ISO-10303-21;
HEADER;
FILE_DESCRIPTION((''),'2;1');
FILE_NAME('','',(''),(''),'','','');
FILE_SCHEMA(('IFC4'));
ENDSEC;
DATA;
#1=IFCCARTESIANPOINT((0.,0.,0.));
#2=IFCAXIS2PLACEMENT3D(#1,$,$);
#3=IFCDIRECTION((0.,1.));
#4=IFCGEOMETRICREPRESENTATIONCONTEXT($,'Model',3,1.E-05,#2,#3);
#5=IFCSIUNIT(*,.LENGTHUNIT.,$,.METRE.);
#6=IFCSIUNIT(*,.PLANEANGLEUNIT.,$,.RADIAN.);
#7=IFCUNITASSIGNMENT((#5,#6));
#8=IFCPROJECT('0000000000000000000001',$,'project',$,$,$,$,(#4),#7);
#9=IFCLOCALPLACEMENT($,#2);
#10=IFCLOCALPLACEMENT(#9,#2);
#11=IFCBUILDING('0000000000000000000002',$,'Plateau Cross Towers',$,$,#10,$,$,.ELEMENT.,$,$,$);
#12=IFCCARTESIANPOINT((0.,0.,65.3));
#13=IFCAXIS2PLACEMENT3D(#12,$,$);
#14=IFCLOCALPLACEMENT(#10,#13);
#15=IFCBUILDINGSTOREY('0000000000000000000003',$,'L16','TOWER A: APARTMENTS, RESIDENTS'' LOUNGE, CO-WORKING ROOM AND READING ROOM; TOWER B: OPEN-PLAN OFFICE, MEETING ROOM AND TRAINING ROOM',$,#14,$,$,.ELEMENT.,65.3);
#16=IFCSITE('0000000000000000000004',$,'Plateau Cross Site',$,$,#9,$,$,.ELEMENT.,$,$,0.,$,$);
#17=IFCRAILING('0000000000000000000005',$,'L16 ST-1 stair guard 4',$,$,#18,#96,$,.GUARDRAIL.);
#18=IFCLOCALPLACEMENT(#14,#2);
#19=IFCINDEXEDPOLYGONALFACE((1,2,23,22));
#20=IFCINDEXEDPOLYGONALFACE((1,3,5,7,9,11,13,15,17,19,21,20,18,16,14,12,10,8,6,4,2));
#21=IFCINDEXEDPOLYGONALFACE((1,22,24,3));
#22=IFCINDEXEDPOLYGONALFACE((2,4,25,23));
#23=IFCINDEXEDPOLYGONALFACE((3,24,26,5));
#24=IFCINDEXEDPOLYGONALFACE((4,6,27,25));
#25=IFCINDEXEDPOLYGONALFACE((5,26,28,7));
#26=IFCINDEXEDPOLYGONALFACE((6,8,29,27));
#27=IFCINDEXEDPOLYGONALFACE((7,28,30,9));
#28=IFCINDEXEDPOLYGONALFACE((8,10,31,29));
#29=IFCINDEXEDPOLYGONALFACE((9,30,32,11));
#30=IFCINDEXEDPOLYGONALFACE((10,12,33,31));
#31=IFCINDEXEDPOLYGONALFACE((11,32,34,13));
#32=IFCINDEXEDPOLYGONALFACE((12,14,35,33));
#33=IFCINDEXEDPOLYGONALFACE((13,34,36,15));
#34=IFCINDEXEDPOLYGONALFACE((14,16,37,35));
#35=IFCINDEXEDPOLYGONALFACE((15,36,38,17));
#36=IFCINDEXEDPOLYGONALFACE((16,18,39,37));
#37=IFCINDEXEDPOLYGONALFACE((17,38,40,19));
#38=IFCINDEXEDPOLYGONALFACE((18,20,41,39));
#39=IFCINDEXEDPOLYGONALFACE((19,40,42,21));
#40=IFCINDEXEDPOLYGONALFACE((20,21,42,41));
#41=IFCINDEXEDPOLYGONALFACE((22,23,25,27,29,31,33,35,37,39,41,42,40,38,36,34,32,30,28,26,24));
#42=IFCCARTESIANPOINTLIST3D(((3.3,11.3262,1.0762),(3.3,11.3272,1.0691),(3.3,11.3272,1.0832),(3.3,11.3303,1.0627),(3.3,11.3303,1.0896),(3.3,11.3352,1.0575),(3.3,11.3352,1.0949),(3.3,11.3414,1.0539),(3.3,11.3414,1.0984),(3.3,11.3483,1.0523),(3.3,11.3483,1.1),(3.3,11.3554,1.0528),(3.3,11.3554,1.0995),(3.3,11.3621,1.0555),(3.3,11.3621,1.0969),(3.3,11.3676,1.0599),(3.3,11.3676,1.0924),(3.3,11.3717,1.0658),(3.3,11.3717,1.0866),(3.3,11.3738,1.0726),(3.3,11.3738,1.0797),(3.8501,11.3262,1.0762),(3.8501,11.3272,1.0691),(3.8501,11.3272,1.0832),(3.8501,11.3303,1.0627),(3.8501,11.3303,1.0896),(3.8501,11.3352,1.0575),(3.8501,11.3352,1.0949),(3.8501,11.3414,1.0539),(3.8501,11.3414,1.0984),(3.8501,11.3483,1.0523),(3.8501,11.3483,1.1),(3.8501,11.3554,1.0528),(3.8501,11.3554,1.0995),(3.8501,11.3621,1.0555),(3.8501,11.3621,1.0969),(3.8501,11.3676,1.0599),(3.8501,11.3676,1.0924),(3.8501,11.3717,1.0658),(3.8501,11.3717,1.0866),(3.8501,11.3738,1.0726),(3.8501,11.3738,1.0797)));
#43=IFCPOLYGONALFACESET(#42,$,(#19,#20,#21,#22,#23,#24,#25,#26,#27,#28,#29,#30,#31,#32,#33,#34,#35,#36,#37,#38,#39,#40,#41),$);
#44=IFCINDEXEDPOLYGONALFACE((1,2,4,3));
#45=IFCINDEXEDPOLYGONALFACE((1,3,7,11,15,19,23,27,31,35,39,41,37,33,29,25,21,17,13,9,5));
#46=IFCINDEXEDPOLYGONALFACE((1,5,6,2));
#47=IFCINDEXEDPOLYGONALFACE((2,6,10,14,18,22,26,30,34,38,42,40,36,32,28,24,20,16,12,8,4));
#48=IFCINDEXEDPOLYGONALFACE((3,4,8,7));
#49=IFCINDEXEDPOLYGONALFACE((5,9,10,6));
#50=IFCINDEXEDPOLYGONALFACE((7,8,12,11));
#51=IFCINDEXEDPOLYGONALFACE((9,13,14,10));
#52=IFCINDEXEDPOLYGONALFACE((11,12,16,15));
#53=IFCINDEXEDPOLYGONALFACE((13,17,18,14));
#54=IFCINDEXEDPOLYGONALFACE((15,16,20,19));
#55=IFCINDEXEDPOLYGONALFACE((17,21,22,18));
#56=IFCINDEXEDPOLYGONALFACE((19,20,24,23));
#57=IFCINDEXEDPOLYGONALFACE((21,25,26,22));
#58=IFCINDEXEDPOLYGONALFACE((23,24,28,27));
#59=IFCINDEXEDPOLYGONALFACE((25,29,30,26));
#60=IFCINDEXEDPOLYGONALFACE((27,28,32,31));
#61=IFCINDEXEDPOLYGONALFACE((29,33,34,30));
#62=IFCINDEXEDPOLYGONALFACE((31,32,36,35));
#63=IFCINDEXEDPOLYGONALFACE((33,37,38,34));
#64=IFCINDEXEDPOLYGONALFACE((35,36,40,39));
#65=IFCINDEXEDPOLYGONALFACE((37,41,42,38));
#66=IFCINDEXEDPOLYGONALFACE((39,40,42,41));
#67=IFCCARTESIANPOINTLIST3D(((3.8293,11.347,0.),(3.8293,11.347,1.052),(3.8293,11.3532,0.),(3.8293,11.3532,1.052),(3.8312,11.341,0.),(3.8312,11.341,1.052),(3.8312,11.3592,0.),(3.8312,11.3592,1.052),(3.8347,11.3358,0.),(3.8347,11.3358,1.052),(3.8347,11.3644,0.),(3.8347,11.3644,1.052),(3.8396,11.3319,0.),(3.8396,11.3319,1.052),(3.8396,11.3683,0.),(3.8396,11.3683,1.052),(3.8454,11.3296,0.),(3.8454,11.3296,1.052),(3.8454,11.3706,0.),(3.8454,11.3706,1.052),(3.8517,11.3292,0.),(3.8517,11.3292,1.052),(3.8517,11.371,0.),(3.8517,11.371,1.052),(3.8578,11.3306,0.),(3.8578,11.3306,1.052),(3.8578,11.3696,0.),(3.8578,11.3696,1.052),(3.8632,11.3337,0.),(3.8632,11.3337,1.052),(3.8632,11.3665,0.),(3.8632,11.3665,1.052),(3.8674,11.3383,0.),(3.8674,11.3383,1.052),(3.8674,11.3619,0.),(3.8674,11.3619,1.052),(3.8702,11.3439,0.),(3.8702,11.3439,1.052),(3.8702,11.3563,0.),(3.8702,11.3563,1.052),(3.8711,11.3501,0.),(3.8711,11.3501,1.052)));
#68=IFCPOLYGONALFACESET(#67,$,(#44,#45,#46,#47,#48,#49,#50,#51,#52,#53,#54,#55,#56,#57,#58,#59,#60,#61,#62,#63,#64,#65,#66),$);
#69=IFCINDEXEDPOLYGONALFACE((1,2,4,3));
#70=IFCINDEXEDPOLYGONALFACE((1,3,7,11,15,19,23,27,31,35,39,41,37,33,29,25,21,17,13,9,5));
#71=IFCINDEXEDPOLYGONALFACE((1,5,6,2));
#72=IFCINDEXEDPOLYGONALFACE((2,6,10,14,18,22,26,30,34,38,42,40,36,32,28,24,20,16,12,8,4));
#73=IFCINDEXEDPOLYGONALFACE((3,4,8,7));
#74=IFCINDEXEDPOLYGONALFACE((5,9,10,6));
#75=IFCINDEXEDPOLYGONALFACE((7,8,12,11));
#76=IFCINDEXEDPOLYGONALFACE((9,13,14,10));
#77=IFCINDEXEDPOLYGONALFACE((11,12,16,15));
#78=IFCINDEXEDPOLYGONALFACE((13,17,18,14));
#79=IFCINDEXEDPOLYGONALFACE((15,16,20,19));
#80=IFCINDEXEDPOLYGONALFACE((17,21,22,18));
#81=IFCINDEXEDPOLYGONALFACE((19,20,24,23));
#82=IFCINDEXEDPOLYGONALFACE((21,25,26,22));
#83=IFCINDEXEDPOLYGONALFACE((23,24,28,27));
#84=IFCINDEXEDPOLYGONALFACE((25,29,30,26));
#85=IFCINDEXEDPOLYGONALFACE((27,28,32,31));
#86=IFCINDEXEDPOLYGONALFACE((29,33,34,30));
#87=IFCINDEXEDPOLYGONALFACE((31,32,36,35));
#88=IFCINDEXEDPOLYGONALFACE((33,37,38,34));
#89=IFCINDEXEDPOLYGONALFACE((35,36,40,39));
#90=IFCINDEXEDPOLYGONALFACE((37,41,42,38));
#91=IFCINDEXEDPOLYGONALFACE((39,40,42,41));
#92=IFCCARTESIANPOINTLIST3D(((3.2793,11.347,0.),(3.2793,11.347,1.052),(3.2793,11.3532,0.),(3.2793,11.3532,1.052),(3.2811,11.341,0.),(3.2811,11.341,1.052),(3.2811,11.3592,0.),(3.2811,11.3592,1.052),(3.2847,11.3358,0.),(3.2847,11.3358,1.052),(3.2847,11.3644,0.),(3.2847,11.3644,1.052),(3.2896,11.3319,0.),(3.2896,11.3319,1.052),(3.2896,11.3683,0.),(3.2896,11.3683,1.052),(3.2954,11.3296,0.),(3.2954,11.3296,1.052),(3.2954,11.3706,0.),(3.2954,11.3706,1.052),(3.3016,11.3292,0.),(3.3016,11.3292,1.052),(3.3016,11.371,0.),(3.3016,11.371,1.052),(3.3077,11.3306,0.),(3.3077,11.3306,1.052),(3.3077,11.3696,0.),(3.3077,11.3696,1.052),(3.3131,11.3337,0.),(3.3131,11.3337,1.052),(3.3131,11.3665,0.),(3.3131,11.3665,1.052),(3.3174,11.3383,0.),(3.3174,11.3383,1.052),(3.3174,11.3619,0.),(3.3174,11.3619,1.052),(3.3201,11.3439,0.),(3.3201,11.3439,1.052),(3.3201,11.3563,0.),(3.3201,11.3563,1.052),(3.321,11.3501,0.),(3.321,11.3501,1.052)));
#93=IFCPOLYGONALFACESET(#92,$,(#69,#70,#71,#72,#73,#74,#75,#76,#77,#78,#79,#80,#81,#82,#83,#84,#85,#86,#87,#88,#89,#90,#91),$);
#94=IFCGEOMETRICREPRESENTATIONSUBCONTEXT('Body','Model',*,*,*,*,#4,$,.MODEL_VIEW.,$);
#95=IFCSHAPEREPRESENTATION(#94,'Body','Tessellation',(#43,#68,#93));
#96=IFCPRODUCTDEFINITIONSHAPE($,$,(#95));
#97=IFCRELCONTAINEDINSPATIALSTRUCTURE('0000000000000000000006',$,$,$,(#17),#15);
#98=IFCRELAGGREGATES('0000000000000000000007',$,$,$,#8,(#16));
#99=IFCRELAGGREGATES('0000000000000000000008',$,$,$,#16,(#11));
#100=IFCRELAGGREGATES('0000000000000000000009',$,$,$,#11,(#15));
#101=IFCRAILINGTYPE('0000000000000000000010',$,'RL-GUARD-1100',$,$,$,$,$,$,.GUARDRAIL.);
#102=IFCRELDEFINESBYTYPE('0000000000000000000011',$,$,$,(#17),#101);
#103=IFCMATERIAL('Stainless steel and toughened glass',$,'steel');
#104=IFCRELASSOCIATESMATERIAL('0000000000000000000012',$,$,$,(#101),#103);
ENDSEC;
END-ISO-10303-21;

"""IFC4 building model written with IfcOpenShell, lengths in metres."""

from ifc_helpers import new_model, si_unit, direction, frame, origin, origin_2d, place, context, subcontext, project, spatial, circle, extrude, material, type_object, element, save


model = new_model("IFC4")

# Units and contexts
model_context = context("Model", 3, precision=1e-05, world=origin(), true_north=direction((0.0, 1.0)))
body_context = subcontext(model_context, "Body", "Model", "MODEL_VIEW")
ifc_project = project(units=[si_unit("LENGTHUNIT", "METRE"), si_unit("PLANEANGLEUNIT", "RADIAN")], contexts=[model_context])

# Site, building, storey
site_placement = place(None, origin())
site = spatial("IfcSite", under=ifc_project, at=site_placement, Name="Plateau Cross Site", CompositionType="ELEMENT", RefElevation=0.0)
building_placement = place(site_placement, origin())
building = spatial("IfcBuilding", under=site, at=building_placement, Name="Plateau Cross Towers", CompositionType="ELEMENT")
storey_placement = place(building_placement, frame((0.0, 0.0, 65.3)))
storey = spatial("IfcBuildingStorey", under=building, at=storey_placement, Name="L16", Description="TOWER A: APARTMENTS, RESIDENTS' LOUNGE, CO-WORKING ROOM AND READING ROOM; TOWER B: OPEN-PLAN OFFICE, MEETING ROOM AND TRAINING ROOM", CompositionType="ELEMENT", Elevation=65.3)

# Railing
ifc_material_1 = material(Name="Stainless steel and toughened glass", Category="steel")
railing_type = type_object("IfcRailingType", Name="RL-GUARD-1100", PredefinedType="GUARDRAIL", material=ifc_material_1)
railing_1_placement = place(storey_placement, frame((3.8501, 11.3501, 0.0)))
element("IfcRailing", 1, at=railing_1_placement, inside=storey, type_object=railing_type, Name="L16 ST-1 stair guard 4", PredefinedType="GUARDRAIL", context=body_context, shape_type="SweptSolid", body=[
    extrude(circle(Radius=0.0239, at=origin_2d()), frame((0.0, 0.0, 1.0762), z_axis=(-1.0, 0.0, 0.0), x_axis=(0.0, -1.0, 0.0)), (0.0, 0.0, 1.0), 0.55),
    extrude(circle(Radius=0.021, at=origin_2d()), origin(), (0.0, 0.0, 1.0), 1.052),
    extrude(circle(Radius=0.021, at=origin_2d()), frame((-0.55, 0.0, 0.0)), (0.0, 0.0, 1.0), 1.052),
])

save(model, "model.ifc")
